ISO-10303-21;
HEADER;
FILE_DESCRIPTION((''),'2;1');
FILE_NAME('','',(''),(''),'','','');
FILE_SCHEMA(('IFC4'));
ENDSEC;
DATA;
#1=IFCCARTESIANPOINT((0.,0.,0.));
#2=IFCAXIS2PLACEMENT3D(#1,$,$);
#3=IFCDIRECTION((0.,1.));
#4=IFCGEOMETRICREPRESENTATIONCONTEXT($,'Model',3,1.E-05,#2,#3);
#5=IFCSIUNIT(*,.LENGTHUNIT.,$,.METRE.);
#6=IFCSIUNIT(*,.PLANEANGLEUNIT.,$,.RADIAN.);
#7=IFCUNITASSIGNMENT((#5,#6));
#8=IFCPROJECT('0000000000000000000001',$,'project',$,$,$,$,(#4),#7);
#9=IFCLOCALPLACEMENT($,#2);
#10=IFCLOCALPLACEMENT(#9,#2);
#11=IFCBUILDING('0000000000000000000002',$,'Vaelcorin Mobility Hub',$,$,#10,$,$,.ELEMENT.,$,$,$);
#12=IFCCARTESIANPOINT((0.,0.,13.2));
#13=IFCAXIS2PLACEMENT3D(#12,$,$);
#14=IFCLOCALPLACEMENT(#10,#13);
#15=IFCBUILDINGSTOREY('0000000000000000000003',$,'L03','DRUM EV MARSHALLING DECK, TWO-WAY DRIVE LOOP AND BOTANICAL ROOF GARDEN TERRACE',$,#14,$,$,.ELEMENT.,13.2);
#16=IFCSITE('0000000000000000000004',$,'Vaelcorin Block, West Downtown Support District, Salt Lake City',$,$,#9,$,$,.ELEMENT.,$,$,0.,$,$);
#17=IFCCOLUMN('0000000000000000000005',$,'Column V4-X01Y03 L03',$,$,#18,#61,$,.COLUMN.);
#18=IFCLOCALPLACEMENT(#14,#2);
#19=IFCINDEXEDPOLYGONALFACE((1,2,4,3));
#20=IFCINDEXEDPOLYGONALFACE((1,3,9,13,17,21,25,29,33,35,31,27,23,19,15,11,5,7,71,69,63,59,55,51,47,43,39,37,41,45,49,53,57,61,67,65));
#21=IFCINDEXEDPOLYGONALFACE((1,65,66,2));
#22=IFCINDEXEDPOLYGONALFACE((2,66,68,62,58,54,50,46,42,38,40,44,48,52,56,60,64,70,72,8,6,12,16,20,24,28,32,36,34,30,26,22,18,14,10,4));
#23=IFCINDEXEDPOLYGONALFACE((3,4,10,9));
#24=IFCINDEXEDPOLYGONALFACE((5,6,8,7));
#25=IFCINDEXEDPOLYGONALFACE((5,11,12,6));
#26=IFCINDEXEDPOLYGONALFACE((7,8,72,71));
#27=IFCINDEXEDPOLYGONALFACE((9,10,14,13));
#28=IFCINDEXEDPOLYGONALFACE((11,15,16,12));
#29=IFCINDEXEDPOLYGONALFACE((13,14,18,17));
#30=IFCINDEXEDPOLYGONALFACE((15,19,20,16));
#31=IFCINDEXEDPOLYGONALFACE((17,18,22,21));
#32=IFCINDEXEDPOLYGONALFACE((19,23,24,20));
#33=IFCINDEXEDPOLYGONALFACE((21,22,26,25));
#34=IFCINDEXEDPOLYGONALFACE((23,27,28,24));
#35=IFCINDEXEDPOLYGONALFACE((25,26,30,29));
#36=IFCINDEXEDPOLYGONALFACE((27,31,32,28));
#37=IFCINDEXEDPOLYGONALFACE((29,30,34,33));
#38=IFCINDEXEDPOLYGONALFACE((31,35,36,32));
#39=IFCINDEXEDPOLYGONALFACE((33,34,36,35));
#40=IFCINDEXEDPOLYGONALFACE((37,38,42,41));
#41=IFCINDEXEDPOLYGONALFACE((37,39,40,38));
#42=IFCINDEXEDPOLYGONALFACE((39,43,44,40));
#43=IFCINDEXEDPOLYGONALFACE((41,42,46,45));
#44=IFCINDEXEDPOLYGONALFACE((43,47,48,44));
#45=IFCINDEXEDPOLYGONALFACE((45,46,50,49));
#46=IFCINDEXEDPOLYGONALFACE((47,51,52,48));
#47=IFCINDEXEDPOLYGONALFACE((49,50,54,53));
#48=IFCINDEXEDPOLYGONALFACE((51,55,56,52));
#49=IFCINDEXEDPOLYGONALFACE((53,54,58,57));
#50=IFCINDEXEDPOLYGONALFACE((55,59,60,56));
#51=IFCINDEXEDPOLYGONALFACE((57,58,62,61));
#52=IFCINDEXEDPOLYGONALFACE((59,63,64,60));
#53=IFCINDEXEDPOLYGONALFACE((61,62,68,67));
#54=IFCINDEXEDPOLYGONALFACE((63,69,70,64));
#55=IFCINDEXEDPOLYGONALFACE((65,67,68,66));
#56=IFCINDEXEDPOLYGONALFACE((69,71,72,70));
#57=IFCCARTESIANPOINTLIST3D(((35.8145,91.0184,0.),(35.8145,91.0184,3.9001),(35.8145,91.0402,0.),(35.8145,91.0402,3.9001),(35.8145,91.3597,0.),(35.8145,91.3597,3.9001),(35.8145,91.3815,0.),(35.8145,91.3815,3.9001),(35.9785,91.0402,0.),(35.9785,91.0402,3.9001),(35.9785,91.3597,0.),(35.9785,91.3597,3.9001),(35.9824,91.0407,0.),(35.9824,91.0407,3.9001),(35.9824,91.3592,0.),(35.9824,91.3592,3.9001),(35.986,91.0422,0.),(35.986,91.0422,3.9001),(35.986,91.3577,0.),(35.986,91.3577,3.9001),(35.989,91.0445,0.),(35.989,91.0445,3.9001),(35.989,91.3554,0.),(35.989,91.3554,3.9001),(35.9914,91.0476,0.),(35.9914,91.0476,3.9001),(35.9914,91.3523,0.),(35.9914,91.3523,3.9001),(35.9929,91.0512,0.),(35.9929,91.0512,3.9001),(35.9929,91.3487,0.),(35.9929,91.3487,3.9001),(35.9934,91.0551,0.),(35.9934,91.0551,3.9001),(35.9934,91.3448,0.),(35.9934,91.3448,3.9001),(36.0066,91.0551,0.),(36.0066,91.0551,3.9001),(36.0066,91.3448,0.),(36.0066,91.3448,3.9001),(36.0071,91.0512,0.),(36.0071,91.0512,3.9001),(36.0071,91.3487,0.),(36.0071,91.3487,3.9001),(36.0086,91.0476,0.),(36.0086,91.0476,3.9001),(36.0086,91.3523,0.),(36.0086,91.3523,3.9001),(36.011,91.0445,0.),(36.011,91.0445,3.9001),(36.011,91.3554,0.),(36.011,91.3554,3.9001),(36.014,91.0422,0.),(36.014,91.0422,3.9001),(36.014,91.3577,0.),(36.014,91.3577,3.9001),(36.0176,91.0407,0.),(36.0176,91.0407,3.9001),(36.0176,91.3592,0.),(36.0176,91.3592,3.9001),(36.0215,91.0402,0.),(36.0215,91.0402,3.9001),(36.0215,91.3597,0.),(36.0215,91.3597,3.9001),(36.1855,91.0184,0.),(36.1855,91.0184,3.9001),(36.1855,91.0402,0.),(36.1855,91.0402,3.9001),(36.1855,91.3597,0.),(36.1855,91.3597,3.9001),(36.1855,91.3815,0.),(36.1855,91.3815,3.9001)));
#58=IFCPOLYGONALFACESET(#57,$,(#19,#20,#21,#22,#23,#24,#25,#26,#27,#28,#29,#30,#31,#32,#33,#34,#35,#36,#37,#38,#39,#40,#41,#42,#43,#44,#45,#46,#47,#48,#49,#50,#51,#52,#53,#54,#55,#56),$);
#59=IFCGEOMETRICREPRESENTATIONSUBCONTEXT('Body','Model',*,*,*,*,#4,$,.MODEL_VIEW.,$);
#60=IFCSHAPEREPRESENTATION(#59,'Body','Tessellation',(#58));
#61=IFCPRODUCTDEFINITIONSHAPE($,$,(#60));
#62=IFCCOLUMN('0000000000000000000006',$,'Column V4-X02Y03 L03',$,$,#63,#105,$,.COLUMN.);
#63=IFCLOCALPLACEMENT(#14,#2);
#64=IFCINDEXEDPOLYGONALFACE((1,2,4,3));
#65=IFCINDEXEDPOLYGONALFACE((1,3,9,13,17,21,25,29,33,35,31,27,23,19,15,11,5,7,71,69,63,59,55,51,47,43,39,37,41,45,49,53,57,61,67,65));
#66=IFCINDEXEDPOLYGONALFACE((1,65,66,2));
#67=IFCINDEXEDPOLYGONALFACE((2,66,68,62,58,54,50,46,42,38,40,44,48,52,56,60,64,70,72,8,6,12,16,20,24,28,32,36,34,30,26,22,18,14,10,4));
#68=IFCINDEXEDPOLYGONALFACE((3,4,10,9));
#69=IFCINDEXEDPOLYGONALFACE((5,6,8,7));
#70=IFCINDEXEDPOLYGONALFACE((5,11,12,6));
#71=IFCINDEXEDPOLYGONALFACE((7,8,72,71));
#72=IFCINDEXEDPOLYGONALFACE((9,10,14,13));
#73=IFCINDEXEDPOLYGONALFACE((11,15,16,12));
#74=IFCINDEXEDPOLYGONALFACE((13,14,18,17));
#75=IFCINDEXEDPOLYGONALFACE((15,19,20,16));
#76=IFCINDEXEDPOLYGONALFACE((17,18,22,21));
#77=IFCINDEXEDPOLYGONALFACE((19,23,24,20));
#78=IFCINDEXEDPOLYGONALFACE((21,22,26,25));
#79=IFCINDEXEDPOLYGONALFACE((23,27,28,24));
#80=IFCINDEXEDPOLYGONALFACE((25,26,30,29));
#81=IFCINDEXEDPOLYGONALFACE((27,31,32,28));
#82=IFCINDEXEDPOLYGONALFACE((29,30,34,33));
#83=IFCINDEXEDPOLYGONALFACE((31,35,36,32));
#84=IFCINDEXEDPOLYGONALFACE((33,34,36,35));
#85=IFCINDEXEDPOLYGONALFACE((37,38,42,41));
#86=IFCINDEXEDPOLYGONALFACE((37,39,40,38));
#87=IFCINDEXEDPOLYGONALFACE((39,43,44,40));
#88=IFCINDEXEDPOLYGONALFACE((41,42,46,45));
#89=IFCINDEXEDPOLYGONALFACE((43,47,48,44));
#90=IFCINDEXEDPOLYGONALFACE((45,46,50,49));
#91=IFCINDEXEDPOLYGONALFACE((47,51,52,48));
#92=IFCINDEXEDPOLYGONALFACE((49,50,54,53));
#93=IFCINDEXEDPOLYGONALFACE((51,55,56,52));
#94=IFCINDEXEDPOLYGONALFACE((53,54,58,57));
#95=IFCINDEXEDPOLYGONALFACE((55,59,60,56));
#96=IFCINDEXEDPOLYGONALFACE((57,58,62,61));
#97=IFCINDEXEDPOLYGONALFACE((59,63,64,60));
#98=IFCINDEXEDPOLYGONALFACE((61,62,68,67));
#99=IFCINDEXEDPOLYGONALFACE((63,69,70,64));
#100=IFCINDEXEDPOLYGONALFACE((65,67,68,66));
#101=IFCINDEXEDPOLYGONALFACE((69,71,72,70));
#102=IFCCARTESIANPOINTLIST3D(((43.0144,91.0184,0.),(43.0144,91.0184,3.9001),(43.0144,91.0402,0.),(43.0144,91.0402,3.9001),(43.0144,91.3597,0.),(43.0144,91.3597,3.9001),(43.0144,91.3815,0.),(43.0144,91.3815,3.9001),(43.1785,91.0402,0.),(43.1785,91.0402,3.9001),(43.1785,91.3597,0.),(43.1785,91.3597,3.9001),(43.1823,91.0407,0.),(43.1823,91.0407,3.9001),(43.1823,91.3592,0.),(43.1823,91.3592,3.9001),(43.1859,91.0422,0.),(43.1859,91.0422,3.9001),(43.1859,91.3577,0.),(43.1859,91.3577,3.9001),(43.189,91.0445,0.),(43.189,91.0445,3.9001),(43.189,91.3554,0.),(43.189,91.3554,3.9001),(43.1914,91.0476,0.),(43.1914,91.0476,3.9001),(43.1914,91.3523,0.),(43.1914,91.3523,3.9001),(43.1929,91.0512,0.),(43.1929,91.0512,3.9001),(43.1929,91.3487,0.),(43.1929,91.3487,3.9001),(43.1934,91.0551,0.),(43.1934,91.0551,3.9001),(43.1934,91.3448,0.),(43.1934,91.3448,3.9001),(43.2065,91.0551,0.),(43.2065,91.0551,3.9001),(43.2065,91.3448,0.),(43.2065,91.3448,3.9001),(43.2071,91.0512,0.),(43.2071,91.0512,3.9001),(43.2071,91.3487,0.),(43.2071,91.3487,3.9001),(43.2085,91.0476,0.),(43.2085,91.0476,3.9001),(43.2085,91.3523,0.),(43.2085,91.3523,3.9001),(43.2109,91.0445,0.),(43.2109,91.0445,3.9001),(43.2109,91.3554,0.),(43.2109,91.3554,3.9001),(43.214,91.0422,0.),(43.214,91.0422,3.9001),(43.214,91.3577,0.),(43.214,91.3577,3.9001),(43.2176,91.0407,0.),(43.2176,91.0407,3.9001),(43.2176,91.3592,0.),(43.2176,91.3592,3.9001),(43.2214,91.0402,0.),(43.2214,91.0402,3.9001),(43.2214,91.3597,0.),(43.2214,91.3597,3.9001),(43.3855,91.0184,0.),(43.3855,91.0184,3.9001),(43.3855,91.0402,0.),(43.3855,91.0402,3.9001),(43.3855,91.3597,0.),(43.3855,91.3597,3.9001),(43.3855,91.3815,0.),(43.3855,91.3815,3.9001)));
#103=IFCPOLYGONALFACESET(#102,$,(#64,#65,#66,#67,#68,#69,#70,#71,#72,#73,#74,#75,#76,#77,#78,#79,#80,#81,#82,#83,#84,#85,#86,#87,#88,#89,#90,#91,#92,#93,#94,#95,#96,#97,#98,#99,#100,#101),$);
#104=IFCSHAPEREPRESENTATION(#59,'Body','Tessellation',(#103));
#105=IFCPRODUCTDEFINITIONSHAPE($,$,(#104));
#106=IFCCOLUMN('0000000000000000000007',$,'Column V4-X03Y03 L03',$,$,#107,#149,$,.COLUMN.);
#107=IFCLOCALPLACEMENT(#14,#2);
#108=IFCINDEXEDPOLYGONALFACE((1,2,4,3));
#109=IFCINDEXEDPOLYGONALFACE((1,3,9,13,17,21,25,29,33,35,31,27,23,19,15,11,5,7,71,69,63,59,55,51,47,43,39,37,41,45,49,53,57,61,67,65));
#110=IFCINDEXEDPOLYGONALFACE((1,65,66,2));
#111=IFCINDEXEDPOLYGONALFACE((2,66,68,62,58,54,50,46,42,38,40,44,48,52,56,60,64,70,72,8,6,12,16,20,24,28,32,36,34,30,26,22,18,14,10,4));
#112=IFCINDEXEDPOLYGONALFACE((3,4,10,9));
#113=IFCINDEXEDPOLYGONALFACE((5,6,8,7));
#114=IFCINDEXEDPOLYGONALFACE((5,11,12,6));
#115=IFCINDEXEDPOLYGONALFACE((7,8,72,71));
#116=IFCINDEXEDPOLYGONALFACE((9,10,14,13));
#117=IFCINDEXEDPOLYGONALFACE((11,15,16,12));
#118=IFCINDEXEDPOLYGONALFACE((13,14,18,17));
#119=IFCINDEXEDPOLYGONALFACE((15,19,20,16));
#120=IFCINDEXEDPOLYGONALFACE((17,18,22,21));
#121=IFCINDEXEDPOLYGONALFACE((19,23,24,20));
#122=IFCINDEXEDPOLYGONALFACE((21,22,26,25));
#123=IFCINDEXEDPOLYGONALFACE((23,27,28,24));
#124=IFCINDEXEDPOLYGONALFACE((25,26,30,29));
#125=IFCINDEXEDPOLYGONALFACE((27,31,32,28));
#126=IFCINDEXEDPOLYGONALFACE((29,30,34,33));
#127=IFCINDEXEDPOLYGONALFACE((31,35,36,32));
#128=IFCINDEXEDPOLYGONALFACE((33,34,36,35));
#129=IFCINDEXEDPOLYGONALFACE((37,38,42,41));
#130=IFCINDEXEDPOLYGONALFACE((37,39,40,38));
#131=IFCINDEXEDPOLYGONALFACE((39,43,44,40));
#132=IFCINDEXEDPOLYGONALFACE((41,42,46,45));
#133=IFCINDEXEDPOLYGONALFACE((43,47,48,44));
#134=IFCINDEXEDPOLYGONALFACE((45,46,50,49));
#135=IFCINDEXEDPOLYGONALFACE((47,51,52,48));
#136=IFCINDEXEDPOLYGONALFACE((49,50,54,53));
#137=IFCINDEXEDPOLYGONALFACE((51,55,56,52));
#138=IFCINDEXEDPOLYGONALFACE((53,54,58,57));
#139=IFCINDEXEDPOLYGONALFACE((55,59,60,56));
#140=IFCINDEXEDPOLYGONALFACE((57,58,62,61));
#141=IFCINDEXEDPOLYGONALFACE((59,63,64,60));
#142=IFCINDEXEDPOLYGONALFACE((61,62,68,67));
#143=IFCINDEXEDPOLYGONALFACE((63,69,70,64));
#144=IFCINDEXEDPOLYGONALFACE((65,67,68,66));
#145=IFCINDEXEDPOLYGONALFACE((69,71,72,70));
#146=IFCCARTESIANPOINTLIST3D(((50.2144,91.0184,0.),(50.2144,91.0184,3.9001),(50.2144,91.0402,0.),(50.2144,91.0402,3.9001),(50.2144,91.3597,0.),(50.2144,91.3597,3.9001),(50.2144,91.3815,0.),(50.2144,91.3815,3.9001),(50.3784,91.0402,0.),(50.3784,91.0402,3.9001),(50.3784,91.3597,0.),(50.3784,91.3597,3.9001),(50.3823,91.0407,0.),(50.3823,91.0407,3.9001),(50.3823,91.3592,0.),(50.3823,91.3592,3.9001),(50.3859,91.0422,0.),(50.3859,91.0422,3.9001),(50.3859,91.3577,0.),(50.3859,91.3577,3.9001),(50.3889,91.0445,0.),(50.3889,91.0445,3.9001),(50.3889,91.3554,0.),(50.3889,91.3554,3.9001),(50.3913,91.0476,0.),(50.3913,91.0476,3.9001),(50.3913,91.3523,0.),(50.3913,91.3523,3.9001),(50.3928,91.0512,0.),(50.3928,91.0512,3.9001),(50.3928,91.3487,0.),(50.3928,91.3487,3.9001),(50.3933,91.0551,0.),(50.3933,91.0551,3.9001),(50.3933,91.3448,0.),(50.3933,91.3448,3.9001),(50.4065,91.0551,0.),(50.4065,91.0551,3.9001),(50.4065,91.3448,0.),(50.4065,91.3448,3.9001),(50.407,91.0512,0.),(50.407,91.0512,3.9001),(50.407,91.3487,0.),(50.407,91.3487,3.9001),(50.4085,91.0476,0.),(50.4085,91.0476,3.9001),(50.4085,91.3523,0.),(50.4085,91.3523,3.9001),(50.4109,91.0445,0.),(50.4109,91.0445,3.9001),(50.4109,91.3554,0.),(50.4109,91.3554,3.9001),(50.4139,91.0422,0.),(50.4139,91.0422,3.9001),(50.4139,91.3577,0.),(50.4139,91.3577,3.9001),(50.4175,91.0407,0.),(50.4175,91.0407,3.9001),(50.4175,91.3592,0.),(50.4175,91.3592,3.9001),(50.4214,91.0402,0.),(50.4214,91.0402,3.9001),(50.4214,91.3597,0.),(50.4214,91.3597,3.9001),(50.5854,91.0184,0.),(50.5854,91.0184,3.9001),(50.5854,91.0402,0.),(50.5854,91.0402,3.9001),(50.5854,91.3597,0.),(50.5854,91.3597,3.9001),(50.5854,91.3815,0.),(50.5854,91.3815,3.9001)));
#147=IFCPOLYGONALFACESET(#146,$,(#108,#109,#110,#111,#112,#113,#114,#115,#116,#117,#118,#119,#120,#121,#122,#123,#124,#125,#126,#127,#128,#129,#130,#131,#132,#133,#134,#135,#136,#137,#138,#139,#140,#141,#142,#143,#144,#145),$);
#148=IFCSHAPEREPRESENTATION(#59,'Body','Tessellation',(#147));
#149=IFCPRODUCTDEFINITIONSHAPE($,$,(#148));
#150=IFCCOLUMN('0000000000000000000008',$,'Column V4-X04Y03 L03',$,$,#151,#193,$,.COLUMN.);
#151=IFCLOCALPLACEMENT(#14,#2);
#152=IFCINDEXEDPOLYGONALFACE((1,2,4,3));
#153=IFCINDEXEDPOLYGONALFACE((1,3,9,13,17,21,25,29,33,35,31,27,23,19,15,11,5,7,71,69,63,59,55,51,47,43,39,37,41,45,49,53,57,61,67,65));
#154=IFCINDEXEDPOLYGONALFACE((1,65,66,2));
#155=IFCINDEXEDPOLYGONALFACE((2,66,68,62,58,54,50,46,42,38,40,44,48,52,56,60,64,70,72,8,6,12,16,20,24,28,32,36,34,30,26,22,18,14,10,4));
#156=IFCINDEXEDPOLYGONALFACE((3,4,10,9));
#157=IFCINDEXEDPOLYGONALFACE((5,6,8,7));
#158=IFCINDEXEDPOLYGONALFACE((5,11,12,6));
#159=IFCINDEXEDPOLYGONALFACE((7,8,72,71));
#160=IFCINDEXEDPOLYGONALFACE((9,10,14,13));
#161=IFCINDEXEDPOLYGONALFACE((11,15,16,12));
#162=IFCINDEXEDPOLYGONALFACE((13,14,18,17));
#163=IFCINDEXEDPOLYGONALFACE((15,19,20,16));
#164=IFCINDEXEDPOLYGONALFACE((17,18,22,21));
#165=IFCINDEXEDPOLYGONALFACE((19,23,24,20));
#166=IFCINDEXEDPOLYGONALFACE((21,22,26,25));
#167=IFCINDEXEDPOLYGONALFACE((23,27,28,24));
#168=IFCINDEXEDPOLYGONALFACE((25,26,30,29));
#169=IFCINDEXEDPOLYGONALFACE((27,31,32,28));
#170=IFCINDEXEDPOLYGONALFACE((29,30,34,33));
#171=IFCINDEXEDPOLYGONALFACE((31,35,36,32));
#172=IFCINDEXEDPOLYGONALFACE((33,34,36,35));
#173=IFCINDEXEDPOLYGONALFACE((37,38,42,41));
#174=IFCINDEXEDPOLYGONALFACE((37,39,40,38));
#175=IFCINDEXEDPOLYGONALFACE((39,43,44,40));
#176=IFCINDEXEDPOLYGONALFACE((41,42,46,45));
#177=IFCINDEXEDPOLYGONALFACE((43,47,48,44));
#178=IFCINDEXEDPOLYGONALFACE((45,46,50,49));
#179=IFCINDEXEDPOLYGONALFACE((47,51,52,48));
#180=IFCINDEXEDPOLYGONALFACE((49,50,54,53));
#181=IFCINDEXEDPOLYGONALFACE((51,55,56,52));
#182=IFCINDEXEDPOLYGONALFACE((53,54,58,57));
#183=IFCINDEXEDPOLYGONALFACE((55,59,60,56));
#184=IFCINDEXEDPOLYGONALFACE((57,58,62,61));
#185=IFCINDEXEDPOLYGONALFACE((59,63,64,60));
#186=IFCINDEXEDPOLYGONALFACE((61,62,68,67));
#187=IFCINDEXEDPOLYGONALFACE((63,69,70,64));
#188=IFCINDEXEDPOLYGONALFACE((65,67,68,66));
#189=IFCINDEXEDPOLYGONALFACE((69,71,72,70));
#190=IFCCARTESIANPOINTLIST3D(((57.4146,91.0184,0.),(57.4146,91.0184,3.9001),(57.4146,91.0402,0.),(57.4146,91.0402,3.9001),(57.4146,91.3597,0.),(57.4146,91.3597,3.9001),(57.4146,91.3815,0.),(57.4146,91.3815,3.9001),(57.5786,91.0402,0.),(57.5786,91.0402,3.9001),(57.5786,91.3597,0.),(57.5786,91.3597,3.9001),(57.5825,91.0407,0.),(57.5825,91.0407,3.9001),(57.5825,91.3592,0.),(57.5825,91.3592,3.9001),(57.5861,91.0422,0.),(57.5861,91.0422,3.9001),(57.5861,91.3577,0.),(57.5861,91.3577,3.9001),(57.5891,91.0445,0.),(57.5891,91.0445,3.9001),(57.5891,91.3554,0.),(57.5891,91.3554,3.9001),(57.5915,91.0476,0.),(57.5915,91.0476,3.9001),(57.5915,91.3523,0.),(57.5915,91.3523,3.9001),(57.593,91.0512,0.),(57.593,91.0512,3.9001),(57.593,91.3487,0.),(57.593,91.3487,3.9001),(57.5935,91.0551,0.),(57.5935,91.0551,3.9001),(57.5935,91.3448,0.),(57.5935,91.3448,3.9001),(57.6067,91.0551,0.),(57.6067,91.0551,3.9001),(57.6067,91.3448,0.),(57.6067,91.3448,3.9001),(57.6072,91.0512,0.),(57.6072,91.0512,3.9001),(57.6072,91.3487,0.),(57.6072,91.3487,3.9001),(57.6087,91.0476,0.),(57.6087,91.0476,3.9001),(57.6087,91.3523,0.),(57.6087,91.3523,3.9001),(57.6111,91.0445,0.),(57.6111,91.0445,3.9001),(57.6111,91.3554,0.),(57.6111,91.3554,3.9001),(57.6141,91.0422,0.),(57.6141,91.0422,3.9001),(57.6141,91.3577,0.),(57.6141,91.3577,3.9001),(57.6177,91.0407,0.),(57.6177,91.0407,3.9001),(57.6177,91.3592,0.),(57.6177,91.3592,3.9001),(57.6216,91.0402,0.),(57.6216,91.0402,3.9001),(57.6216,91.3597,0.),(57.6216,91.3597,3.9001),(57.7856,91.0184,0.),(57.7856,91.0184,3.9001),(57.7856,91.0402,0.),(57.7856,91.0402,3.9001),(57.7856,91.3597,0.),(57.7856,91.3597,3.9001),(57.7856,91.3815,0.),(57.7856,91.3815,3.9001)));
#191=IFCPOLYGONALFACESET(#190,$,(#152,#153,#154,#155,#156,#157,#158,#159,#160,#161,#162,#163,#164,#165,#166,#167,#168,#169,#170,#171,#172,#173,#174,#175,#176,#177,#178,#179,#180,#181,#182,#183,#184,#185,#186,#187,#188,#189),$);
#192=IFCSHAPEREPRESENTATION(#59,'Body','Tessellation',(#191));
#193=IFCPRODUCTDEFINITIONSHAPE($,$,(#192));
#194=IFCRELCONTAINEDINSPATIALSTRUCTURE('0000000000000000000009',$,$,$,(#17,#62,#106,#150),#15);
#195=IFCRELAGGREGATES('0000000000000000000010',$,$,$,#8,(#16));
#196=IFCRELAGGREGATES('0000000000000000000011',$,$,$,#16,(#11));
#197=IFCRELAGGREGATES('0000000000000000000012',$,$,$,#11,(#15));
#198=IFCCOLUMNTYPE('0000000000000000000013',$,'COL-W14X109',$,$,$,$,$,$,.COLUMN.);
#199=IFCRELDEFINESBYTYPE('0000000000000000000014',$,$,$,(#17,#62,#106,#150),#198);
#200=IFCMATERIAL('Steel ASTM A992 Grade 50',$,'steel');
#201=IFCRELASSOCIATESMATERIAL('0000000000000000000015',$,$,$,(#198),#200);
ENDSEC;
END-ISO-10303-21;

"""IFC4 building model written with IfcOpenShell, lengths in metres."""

from ifc_helpers import new_model, si_unit, direction, frame, origin, origin_2d, place, context, subcontext, project, spatial, i_section, extrude, material, material_profile, profile_set, type_object, element, save


model = new_model("IFC4")

# Units and contexts
model_context = context("Model", 3, precision=1e-05, world=origin(), true_north=direction((0.0, 1.0)))
body_context = subcontext(model_context, "Body", "Model", "MODEL_VIEW")
ifc_project = project(units=[si_unit("LENGTHUNIT", "METRE"), si_unit("PLANEANGLEUNIT", "RADIAN")], contexts=[model_context])

# Site, building, storey
site_placement = place(None, origin())
site = spatial("IfcSite", under=ifc_project, at=site_placement, Name="Vaelcorin Block, West Downtown Support District, Salt Lake City", CompositionType="ELEMENT", RefElevation=0.0)
building_placement = place(site_placement, origin())
building = spatial("IfcBuilding", under=site, at=building_placement, Name="Vaelcorin Mobility Hub", CompositionType="ELEMENT")
storey_placement = place(building_placement, frame((0.0, 0.0, 13.2)))
storey = spatial("IfcBuildingStorey", under=building, at=storey_placement, Name="L03", Description="DRUM EV MARSHALLING DECK, TWO-WAY DRIVE LOOP AND BOTANICAL ROOF GARDEN TERRACE", CompositionType="ELEMENT", Elevation=13.2)

# Columns
ifc_material_1 = material(Name="Steel ASTM A992 Grade 50", Category="steel")
ifc_material_profile_1 = material_profile(ifc_material_1, i_section(OverallWidth=0.3711, OverallDepth=0.363, WebThickness=0.0132, FlangeThickness=0.0217, FilletRadius=0.0149, at=origin_2d()), Name="W14X109")
ifc_profile_set_1 = profile_set([ifc_material_profile_1], Name="Steel ASTM A992 Grade 50")
column_type_1 = type_object("IfcColumnType", Name="COL-W14X109", PredefinedType="COLUMN", material=ifc_profile_set_1)
for number, where, z_axis, x_axis, name in (
    (1, (36.0, 91.2, 0.0), (0.0, 0.0, 1.0), (1.0, 0.0, 0.0), "Column V4-X01Y03 L03"),
    (2, (43.2, 91.2, 0.0), (0.0, 0.0, 1.0), (1.0, 0.0, 0.0), "Column V4-X02Y03 L03"),
    (3, (50.3999, 91.2, 0.0), (0.0, 0.0, 1.0), (1.0, 0.0, 0.0), "Column V4-X03Y03 L03"),
    (4, (57.6001, 91.2, 0.0), (0.0, 0.0, 1.0), (1.0, 0.0, 0.0), "Column V4-X04Y03 L03"),
):
    element("IfcColumn", number, at=place(storey_placement, frame(where, z_axis=z_axis, x_axis=x_axis)), inside=storey, type_object=column_type_1, Name=name, PredefinedType="COLUMN", context=body_context, shape_type="SweptSolid", body=[
        extrude(i_section(OverallWidth=0.3711, OverallDepth=0.363, WebThickness=0.0132, FlangeThickness=0.0217, FilletRadius=0.0149, at=origin_2d()), origin(), (0.0, 0.0, 1.0), 3.9001),
    ])

save(model, "model.ifc")
